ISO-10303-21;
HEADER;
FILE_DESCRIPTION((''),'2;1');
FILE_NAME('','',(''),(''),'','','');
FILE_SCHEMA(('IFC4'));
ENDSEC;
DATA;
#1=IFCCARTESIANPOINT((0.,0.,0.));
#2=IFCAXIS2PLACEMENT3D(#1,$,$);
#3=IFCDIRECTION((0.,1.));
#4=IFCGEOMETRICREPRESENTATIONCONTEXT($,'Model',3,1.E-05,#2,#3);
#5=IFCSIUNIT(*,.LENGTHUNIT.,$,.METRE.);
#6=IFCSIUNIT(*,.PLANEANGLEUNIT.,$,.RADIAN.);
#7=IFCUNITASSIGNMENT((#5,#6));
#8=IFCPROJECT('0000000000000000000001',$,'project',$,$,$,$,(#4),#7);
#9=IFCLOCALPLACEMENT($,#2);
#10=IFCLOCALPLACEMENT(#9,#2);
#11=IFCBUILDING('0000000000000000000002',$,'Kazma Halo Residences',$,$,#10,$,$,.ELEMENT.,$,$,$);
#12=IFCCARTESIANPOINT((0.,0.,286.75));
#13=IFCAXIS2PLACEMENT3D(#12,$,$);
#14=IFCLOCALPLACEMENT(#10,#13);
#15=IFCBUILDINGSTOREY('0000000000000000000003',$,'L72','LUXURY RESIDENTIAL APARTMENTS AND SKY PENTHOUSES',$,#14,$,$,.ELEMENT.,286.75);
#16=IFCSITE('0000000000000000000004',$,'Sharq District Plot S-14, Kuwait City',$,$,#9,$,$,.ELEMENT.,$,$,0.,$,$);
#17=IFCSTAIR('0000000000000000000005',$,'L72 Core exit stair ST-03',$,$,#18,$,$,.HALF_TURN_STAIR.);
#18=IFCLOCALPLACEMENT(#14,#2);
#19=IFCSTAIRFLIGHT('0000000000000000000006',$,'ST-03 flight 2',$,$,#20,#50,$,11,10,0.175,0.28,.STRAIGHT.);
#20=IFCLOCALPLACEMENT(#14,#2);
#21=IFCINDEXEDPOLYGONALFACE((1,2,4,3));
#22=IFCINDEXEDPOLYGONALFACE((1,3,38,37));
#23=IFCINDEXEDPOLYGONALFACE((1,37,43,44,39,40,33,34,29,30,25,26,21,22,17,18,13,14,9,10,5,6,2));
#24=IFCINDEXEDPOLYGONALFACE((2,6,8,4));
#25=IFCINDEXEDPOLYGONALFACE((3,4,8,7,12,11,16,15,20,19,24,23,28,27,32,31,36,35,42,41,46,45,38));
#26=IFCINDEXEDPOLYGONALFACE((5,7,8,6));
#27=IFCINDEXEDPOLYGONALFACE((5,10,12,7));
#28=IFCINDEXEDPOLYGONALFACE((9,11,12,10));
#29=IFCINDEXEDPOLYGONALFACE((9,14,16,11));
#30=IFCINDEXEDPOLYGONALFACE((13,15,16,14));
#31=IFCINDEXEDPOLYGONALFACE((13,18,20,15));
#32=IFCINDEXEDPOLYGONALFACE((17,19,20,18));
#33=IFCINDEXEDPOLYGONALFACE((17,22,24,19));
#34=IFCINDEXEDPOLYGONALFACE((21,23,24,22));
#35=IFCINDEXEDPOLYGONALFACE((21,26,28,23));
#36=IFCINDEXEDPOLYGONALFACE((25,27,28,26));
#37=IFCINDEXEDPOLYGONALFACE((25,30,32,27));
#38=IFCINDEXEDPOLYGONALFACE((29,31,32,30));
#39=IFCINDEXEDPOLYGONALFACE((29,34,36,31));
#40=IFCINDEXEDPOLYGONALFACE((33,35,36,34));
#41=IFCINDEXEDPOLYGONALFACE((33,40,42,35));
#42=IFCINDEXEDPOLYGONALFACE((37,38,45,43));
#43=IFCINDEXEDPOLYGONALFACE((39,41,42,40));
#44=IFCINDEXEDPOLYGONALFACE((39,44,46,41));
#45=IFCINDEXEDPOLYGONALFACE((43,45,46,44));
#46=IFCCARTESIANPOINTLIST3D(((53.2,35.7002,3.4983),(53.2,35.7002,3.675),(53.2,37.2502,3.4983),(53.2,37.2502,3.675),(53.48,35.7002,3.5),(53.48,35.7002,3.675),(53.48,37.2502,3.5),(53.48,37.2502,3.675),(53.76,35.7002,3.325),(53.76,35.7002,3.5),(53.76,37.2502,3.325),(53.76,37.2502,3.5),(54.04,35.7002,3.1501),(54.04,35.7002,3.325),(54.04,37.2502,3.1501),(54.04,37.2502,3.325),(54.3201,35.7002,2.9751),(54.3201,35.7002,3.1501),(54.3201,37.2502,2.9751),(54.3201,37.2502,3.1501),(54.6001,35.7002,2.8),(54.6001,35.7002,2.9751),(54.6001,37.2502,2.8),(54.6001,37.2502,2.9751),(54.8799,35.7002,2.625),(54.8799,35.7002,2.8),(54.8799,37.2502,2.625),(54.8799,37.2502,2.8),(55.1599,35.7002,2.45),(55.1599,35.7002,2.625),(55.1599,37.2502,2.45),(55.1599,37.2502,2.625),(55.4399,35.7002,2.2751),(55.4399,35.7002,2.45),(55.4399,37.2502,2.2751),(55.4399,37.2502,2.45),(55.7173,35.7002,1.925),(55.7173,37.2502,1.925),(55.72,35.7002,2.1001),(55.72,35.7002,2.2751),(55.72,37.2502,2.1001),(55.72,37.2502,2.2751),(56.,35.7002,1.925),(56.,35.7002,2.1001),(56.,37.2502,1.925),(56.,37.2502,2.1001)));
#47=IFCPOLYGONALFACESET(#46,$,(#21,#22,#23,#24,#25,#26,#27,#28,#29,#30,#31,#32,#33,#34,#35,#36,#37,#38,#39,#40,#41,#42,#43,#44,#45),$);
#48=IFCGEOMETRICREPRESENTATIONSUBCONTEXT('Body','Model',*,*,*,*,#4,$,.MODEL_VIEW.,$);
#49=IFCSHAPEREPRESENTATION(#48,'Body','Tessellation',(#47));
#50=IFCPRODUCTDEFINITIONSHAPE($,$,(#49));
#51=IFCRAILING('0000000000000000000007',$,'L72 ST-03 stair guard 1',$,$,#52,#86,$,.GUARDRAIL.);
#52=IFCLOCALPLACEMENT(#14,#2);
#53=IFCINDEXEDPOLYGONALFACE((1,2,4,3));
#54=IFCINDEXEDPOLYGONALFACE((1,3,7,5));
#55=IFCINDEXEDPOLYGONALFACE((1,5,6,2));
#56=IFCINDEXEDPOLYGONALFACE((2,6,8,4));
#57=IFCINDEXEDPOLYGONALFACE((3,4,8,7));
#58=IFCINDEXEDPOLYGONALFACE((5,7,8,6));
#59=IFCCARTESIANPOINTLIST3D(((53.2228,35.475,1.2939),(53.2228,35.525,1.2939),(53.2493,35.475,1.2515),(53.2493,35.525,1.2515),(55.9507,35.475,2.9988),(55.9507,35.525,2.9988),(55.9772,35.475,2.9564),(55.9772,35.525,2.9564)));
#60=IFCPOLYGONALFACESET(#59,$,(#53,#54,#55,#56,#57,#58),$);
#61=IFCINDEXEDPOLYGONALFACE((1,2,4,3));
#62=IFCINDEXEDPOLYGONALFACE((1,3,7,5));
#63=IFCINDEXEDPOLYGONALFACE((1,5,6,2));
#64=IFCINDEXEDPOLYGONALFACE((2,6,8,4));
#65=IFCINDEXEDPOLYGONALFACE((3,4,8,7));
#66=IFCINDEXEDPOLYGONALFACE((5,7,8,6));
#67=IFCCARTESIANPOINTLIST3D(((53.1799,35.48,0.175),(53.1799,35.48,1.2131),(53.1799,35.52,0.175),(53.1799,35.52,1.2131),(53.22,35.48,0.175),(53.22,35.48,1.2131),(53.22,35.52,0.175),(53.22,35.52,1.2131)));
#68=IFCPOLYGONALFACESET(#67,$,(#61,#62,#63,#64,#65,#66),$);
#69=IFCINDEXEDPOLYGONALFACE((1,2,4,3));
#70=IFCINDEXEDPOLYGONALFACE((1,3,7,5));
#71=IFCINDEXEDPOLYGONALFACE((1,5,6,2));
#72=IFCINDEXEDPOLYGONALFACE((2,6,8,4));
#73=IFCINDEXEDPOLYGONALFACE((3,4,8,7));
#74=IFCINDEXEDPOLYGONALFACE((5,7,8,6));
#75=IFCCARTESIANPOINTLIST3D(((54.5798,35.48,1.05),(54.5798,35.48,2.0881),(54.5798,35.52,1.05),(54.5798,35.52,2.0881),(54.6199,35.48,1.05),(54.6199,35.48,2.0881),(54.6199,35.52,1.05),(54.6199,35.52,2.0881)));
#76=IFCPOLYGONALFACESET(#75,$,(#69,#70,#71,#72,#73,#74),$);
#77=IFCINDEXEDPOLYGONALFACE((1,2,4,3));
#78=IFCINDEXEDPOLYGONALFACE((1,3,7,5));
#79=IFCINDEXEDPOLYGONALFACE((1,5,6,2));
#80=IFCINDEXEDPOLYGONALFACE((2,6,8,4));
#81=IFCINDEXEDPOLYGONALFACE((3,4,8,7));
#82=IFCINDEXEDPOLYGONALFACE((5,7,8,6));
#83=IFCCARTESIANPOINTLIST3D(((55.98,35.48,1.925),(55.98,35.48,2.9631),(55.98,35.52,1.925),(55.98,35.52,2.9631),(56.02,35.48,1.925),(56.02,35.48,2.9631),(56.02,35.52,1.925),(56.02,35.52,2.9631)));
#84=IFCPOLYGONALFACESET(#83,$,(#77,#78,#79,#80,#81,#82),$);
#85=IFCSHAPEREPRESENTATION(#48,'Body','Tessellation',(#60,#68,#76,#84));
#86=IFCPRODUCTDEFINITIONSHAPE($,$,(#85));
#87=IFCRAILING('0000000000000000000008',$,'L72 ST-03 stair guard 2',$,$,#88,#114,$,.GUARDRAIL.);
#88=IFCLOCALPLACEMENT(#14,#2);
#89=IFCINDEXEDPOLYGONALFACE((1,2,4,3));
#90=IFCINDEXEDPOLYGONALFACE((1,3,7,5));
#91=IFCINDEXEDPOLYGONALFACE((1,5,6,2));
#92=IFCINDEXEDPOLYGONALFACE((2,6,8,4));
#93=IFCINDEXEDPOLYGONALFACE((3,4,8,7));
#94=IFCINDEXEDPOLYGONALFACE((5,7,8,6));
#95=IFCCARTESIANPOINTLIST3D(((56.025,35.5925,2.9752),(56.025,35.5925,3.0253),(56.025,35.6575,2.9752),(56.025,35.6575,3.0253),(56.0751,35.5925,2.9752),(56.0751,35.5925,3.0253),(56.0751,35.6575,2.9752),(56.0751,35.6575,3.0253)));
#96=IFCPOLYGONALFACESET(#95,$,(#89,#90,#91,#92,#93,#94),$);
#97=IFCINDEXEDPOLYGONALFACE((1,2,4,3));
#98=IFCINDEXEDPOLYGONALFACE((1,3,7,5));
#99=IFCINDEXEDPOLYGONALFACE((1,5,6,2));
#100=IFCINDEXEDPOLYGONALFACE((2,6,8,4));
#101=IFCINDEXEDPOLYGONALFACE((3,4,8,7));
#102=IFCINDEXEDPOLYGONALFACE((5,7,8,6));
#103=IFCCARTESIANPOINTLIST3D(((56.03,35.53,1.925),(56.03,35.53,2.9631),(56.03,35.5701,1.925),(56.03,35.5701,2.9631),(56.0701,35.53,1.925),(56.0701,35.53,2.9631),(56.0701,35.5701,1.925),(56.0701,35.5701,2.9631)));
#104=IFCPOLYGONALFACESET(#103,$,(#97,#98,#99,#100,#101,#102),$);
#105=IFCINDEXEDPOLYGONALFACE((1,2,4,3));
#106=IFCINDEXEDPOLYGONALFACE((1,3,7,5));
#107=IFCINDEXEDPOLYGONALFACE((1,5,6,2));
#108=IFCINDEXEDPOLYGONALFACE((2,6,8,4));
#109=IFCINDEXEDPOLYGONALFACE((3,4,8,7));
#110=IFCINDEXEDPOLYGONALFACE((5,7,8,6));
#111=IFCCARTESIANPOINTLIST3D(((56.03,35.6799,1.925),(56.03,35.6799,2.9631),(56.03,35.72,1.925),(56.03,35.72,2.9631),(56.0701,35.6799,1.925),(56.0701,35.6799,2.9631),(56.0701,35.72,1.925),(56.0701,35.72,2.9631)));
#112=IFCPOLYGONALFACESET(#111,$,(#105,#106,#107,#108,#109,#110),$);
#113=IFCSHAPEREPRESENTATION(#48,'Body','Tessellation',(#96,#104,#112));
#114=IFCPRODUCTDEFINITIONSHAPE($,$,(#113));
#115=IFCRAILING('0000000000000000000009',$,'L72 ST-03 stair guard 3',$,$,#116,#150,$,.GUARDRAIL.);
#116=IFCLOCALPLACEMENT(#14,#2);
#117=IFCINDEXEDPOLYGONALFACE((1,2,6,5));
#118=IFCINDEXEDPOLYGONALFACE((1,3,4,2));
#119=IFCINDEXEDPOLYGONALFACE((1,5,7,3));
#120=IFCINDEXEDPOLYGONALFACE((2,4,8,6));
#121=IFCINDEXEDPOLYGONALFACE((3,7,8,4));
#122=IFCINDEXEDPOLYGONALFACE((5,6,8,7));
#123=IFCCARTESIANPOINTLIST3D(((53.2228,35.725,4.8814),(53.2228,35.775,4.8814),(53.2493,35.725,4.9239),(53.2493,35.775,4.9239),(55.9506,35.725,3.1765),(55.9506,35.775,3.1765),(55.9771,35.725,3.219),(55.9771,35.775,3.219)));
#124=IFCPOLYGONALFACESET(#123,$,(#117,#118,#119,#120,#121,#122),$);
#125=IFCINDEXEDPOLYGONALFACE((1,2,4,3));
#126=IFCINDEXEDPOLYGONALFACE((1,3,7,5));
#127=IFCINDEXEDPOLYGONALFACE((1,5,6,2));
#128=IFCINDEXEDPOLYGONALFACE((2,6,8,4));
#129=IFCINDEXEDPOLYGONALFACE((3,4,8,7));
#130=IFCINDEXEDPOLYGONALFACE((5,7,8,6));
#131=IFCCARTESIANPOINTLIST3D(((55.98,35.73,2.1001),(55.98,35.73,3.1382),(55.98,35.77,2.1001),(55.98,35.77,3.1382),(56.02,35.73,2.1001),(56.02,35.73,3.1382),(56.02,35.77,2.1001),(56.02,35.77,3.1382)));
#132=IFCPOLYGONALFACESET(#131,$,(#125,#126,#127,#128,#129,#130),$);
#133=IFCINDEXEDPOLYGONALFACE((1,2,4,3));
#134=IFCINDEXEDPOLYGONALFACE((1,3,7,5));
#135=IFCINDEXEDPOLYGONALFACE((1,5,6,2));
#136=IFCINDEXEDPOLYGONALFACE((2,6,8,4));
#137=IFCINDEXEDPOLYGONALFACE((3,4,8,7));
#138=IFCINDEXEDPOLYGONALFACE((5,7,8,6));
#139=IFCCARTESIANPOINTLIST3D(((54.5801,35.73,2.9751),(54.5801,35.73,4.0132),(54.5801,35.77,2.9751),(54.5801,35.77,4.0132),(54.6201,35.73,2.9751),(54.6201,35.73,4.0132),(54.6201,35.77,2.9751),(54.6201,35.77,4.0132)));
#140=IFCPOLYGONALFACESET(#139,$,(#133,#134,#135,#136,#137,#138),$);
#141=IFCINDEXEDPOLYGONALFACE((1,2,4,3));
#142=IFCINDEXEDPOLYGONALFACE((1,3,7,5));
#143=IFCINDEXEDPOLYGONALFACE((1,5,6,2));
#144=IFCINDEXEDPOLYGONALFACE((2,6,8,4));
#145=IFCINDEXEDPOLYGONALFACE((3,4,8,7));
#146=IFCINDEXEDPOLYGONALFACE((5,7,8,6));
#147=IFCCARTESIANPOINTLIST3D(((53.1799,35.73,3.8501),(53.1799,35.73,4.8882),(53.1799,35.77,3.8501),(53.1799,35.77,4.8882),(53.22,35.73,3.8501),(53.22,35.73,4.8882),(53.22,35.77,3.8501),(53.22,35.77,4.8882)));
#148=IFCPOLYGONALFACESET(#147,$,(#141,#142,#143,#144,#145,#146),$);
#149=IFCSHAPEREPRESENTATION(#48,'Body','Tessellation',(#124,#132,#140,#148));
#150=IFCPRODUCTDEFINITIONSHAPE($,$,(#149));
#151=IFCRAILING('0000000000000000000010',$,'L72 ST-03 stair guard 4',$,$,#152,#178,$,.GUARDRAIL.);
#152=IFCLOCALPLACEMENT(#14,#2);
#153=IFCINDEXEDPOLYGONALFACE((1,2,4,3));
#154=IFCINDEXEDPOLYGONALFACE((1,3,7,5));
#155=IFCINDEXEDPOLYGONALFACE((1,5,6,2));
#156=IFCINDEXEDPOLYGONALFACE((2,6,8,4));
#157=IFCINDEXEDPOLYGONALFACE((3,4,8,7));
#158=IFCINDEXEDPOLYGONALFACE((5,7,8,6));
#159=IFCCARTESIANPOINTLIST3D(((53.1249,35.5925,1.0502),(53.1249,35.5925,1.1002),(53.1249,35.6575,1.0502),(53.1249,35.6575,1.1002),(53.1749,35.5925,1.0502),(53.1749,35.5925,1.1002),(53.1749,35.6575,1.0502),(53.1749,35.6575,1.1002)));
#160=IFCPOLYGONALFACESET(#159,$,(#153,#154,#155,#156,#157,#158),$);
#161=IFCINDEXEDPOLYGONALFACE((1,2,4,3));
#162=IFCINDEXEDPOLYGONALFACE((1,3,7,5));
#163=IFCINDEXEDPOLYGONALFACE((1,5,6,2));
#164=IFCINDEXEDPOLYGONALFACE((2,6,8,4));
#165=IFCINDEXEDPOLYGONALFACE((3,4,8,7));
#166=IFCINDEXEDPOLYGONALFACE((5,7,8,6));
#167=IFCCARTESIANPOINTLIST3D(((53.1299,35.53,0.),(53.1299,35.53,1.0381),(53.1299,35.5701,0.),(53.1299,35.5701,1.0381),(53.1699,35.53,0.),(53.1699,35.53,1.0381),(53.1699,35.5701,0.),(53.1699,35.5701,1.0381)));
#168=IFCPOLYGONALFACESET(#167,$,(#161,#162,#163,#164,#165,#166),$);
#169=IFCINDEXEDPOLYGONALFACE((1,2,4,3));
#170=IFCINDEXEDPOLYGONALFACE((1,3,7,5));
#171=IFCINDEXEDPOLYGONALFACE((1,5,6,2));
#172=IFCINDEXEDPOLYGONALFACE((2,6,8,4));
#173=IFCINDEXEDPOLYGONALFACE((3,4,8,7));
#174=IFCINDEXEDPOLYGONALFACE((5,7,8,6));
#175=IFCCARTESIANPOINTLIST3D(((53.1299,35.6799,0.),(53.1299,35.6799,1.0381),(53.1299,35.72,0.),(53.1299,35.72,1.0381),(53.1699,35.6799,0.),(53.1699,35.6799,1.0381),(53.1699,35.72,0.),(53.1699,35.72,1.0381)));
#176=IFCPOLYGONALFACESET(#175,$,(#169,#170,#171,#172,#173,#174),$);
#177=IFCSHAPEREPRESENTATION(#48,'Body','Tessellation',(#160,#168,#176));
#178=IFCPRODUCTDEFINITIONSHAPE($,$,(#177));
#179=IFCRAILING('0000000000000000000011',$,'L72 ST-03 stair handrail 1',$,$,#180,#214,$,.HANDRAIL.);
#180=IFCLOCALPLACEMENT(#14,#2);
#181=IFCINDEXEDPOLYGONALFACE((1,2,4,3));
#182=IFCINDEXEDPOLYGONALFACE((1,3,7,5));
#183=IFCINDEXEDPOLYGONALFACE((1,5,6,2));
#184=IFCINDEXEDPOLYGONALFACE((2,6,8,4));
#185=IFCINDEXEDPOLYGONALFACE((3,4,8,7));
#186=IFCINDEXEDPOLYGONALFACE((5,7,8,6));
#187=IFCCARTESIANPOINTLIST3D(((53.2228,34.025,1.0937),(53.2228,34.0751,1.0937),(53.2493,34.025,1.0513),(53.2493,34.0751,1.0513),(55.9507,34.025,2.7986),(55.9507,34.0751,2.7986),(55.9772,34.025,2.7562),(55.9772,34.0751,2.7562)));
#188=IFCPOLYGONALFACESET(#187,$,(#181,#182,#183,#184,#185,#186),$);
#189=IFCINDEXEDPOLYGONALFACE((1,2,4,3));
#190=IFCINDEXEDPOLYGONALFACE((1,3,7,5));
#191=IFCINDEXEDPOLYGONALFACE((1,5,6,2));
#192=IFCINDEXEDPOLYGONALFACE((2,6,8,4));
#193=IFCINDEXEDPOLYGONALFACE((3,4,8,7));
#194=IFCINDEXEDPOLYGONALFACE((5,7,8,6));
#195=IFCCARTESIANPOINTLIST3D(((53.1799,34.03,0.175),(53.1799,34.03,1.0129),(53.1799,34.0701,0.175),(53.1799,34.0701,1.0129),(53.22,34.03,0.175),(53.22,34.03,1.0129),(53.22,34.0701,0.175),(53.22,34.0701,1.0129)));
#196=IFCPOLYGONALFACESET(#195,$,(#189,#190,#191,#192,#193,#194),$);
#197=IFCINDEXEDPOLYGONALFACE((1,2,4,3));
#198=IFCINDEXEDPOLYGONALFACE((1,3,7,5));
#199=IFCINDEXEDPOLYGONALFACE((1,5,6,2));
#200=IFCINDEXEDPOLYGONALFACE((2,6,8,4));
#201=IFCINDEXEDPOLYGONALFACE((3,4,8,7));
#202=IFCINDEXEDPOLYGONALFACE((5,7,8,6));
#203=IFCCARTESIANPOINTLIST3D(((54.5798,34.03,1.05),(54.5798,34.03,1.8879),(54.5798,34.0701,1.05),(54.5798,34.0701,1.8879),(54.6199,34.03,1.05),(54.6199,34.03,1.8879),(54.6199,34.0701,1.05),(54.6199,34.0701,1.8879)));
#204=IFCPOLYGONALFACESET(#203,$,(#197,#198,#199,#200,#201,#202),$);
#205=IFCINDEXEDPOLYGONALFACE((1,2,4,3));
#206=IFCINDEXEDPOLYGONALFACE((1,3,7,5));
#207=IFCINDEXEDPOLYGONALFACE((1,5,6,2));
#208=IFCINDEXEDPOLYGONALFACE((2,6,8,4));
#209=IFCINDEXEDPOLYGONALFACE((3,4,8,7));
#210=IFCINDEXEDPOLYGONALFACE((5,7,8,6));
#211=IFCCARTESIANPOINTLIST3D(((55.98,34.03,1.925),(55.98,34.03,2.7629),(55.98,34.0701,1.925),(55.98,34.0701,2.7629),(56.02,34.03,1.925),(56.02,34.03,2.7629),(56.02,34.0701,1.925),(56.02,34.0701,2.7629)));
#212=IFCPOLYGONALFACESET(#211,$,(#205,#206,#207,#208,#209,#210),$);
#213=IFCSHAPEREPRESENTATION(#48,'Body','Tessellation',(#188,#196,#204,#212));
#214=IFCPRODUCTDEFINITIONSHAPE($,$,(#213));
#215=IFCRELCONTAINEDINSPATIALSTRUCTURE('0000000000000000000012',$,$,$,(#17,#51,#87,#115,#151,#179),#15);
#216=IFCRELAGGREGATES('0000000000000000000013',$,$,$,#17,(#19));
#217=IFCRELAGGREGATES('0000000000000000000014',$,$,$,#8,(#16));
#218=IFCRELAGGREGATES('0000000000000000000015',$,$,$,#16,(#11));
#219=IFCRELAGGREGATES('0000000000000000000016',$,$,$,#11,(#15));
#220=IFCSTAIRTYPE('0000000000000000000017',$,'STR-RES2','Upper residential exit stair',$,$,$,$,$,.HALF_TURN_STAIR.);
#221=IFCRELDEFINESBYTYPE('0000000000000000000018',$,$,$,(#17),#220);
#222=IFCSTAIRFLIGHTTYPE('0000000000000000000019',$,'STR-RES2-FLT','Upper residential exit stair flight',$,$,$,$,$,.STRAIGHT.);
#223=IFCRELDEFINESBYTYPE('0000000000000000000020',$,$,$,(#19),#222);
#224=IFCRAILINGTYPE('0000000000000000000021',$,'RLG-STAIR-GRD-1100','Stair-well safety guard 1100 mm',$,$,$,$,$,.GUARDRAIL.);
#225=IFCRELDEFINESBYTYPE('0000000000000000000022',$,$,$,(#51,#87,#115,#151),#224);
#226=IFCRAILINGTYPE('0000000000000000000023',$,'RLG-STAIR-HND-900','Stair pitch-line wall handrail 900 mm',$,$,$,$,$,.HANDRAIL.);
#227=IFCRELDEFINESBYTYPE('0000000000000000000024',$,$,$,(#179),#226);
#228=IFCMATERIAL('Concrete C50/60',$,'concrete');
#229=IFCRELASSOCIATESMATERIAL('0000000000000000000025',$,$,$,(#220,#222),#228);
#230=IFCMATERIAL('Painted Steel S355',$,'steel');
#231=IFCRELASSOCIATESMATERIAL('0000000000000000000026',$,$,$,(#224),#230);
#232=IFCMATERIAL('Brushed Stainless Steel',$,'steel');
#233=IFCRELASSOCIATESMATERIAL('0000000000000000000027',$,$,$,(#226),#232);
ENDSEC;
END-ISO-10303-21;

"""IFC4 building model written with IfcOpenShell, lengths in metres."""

from ifc_helpers import new_model, si_unit, direction, frame, origin, origin_2d, place, context, subcontext, project, spatial, polyline, rectangle, outline, extrude, material, type_object, element, aggregate, save


model = new_model("IFC4")

# Units and contexts
model_context = context("Model", 3, precision=1e-05, world=origin(), true_north=direction((0.0, 1.0)))
body_context = subcontext(model_context, "Body", "Model", "MODEL_VIEW")
ifc_project = project(units=[si_unit("LENGTHUNIT", "METRE"), si_unit("PLANEANGLEUNIT", "RADIAN")], contexts=[model_context])

# Site, building, storey
site_placement = place(None, origin())
site = spatial("IfcSite", under=ifc_project, at=site_placement, Name="Sharq District Plot S-14, Kuwait City", CompositionType="ELEMENT", RefElevation=0.0)
building_placement = place(site_placement, origin())
building = spatial("IfcBuilding", under=site, at=building_placement, Name="Kazma Halo Residences", CompositionType="ELEMENT")
storey_placement = place(building_placement, frame((0.0, 0.0, 286.75)))
storey = spatial("IfcBuildingStorey", under=building, at=storey_placement, Name="L72", Description="LUXURY RESIDENTIAL APARTMENTS AND SKY PENTHOUSES", CompositionType="ELEMENT", Elevation=286.75)

# Shared definitions
ifc_material_1 = material(Name="Concrete C50/60", Category="concrete")

# Stair, stair flight
stair_type = type_object("IfcStairType", Name="STR-RES2", Description="Upper residential exit stair", PredefinedType="HALF_TURN_STAIR", material=ifc_material_1)
stair_placement = place(storey_placement, origin())
stair = element("IfcStair", 1, at=stair_placement, inside=storey, type_object=stair_type, Name="L72 Core exit stair ST-03", PredefinedType="HALF_TURN_STAIR")
stair_flight_type = type_object("IfcStairFlightType", Name="STR-RES2-FLT", Description="Upper residential exit stair flight", PredefinedType="STRAIGHT", material=ifc_material_1)
stair_flight_1_placement = place(storey_placement, frame((56.0, 36.4751, 1.925), z_axis=(0.0, 0.0, 1.0), x_axis=(-1.0, 0.0, 0.0)))
stair_flight_1 = element("IfcStairFlight", 2, at=stair_flight_1_placement, type_object=stair_flight_type, Name="ST-03 flight 2", NumberOfRisers=11, NumberOfTreads=10, PredefinedType="STRAIGHT", RiserHeight=0.175, TreadLength=0.28, context=body_context, shape_type="SweptSolid", body=[
    extrude(outline(polyline([(0.0, 0.0), (0.0, 0.175), (0.28, 0.175), (0.28, 0.3501), (0.5601, 0.3501), (0.5601, 0.5249), (0.8401, 0.5249), (0.8401, 0.7), (1.1201, 0.7), (1.1201, 0.875), (1.3999, 0.875), (1.3999, 1.05), (1.6799, 1.05), (1.6799, 1.2251), (1.96, 1.2251), (1.96, 1.3999), (2.24, 1.3999), (2.24, 1.575), (2.52, 1.575), (2.52, 1.75), (2.8, 1.75), (2.8, 1.925), (2.8, 1.5732), (0.2827, 0.0), (0.0, 0.0)])), frame((0.0, 0.7749, 0.0), z_axis=(0.0, -1.0, 0.0), x_axis=(1.0, 0.0, 0.0)), (0.0, 0.0, 1.0), 1.55),
])
aggregate(stair, [stair_flight_1])

# Railings
ifc_material_2 = material(Name="Painted Steel S355", Category="steel")
railing_type_1 = type_object("IfcRailingType", Name="RLG-STAIR-GRD-1100", Description="Stair-well safety guard 1100 mm", PredefinedType="GUARDRAIL", material=ifc_material_2)
railing_1_placement = place(storey_placement, frame((53.2, 35.5, 0.175)))
element("IfcRailing", 3, at=railing_1_placement, inside=storey, type_object=railing_type_1, Name="L72 ST-03 stair guard 1", PredefinedType="GUARDRAIL", context=body_context, shape_type="SweptSolid", body=[
    extrude(rectangle(XDim=0.05, YDim=0.05, at=origin_2d()), frame((0.0361, 0.0, 1.0977), z_axis=(0.848002, 0.0, 0.529992), x_axis=(0.0, 1.0, 0.0)), (0.0, 0.0, 1.0), 3.2168),
    extrude(rectangle(XDim=0.04, YDim=0.04, at=origin_2d()), origin(), (0.0, 0.0, 1.0), 1.0381),
    extrude(rectangle(XDim=0.04, YDim=0.04, at=origin_2d()), frame((1.3999, 0.0, 0.875)), (0.0, 0.0, 1.0), 1.0381),
    extrude(rectangle(XDim=0.04, YDim=0.04, at=origin_2d()), frame((2.8, 0.0, 1.75)), (0.0, 0.0, 1.0), 1.0381),
])
railing_2_placement = place(storey_placement, frame((56.05, 35.55, 1.925)))
element("IfcRailing", 4, at=railing_2_placement, inside=storey, type_object=railing_type_1, Name="L72 ST-03 stair guard 2", PredefinedType="GUARDRAIL", context=body_context, shape_type="SweptSolid", body=[
    extrude(rectangle(XDim=0.05, YDim=0.05, at=origin_2d()), frame((0.0, 0.0425, 1.0752), z_axis=(0.0, 1.0, 0.0), x_axis=(-1.0, 0.0, 0.0)), (0.0, 0.0, 1.0), 0.0649),
    extrude(rectangle(XDim=0.04, YDim=0.04, at=origin_2d()), origin(), (0.0, 0.0, 1.0), 1.0381),
    extrude(rectangle(XDim=0.04, YDim=0.04, at=origin_2d()), frame((0.0, 0.1499, 0.0)), (0.0, 0.0, 1.0), 1.0381),
])
railing_3_placement = place(storey_placement, frame((56.0, 35.75, 2.1001)))
element("IfcRailing", 5, at=railing_3_placement, inside=storey, type_object=railing_type_1, Name="L72 ST-03 stair guard 3", PredefinedType="GUARDRAIL", context=body_context, shape_type="SweptSolid", body=[
    extrude(rectangle(XDim=0.05, YDim=0.05, at=origin_2d()), frame((-0.0361, 0.0, 1.0977), z_axis=(-0.848002, 0.0, 0.529992), x_axis=(0.0, -1.0, 0.0)), (0.0, 0.0, 1.0), 3.2168),
    extrude(rectangle(XDim=0.04, YDim=0.04, at=origin_2d()), origin(), (0.0, 0.0, 1.0), 1.0381),
    extrude(rectangle(XDim=0.04, YDim=0.04, at=origin_2d()), frame((-1.3999, 0.0, 0.875)), (0.0, 0.0, 1.0), 1.0381),
    extrude(rectangle(XDim=0.04, YDim=0.04, at=origin_2d()), frame((-2.8, 0.0, 1.75)), (0.0, 0.0, 1.0), 1.0381),
])
railing_4_placement = place(storey_placement, frame((53.1499, 35.55, 0.0)))
element("IfcRailing", 6, at=railing_4_placement, inside=storey, type_object=railing_type_1, Name="L72 ST-03 stair guard 4", PredefinedType="GUARDRAIL", context=body_context, shape_type="SweptSolid", body=[
    extrude(rectangle(XDim=0.05, YDim=0.05, at=origin_2d()), frame((0.0, 0.0425, 1.0752), z_axis=(0.0, 1.0, 0.0), x_axis=(-1.0, 0.0, 0.0)), (0.0, 0.0, 1.0), 0.0649),
    extrude(rectangle(XDim=0.04, YDim=0.04, at=origin_2d()), origin(), (0.0, 0.0, 1.0), 1.0381),
    extrude(rectangle(XDim=0.04, YDim=0.04, at=origin_2d()), frame((0.0, 0.1499, 0.0)), (0.0, 0.0, 1.0), 1.0381),
])
ifc_material_3 = material(Name="Brushed Stainless Steel", Category="steel")
railing_type_2 = type_object("IfcRailingType", Name="RLG-STAIR-HND-900", Description="Stair pitch-line wall handrail 900 mm", PredefinedType="HANDRAIL", material=ifc_material_3)
railing_5_placement = place(storey_placement, frame((53.2, 34.05, 0.175)))
element("IfcRailing", 7, at=railing_5_placement, inside=storey, type_object=railing_type_2, Name="L72 ST-03 stair handrail 1", PredefinedType="HANDRAIL", context=body_context, shape_type="SweptSolid", body=[
    extrude(rectangle(XDim=0.05, YDim=0.05, at=origin_2d()), frame((0.0361, 0.0, 0.8975), z_axis=(0.848002, 0.0, 0.529992), x_axis=(0.0, 1.0, 0.0)), (0.0, 0.0, 1.0), 3.2168),
    extrude(rectangle(XDim=0.04, YDim=0.04, at=origin_2d()), origin(), (0.0, 0.0, 1.0), 0.8379),
    extrude(rectangle(XDim=0.04, YDim=0.04, at=origin_2d()), frame((1.3999, 0.0, 0.875)), (0.0, 0.0, 1.0), 0.8379),
    extrude(rectangle(XDim=0.04, YDim=0.04, at=origin_2d()), frame((2.8, 0.0, 1.75)), (0.0, 0.0, 1.0), 0.8379),
])

save(model, "model.ifc")
